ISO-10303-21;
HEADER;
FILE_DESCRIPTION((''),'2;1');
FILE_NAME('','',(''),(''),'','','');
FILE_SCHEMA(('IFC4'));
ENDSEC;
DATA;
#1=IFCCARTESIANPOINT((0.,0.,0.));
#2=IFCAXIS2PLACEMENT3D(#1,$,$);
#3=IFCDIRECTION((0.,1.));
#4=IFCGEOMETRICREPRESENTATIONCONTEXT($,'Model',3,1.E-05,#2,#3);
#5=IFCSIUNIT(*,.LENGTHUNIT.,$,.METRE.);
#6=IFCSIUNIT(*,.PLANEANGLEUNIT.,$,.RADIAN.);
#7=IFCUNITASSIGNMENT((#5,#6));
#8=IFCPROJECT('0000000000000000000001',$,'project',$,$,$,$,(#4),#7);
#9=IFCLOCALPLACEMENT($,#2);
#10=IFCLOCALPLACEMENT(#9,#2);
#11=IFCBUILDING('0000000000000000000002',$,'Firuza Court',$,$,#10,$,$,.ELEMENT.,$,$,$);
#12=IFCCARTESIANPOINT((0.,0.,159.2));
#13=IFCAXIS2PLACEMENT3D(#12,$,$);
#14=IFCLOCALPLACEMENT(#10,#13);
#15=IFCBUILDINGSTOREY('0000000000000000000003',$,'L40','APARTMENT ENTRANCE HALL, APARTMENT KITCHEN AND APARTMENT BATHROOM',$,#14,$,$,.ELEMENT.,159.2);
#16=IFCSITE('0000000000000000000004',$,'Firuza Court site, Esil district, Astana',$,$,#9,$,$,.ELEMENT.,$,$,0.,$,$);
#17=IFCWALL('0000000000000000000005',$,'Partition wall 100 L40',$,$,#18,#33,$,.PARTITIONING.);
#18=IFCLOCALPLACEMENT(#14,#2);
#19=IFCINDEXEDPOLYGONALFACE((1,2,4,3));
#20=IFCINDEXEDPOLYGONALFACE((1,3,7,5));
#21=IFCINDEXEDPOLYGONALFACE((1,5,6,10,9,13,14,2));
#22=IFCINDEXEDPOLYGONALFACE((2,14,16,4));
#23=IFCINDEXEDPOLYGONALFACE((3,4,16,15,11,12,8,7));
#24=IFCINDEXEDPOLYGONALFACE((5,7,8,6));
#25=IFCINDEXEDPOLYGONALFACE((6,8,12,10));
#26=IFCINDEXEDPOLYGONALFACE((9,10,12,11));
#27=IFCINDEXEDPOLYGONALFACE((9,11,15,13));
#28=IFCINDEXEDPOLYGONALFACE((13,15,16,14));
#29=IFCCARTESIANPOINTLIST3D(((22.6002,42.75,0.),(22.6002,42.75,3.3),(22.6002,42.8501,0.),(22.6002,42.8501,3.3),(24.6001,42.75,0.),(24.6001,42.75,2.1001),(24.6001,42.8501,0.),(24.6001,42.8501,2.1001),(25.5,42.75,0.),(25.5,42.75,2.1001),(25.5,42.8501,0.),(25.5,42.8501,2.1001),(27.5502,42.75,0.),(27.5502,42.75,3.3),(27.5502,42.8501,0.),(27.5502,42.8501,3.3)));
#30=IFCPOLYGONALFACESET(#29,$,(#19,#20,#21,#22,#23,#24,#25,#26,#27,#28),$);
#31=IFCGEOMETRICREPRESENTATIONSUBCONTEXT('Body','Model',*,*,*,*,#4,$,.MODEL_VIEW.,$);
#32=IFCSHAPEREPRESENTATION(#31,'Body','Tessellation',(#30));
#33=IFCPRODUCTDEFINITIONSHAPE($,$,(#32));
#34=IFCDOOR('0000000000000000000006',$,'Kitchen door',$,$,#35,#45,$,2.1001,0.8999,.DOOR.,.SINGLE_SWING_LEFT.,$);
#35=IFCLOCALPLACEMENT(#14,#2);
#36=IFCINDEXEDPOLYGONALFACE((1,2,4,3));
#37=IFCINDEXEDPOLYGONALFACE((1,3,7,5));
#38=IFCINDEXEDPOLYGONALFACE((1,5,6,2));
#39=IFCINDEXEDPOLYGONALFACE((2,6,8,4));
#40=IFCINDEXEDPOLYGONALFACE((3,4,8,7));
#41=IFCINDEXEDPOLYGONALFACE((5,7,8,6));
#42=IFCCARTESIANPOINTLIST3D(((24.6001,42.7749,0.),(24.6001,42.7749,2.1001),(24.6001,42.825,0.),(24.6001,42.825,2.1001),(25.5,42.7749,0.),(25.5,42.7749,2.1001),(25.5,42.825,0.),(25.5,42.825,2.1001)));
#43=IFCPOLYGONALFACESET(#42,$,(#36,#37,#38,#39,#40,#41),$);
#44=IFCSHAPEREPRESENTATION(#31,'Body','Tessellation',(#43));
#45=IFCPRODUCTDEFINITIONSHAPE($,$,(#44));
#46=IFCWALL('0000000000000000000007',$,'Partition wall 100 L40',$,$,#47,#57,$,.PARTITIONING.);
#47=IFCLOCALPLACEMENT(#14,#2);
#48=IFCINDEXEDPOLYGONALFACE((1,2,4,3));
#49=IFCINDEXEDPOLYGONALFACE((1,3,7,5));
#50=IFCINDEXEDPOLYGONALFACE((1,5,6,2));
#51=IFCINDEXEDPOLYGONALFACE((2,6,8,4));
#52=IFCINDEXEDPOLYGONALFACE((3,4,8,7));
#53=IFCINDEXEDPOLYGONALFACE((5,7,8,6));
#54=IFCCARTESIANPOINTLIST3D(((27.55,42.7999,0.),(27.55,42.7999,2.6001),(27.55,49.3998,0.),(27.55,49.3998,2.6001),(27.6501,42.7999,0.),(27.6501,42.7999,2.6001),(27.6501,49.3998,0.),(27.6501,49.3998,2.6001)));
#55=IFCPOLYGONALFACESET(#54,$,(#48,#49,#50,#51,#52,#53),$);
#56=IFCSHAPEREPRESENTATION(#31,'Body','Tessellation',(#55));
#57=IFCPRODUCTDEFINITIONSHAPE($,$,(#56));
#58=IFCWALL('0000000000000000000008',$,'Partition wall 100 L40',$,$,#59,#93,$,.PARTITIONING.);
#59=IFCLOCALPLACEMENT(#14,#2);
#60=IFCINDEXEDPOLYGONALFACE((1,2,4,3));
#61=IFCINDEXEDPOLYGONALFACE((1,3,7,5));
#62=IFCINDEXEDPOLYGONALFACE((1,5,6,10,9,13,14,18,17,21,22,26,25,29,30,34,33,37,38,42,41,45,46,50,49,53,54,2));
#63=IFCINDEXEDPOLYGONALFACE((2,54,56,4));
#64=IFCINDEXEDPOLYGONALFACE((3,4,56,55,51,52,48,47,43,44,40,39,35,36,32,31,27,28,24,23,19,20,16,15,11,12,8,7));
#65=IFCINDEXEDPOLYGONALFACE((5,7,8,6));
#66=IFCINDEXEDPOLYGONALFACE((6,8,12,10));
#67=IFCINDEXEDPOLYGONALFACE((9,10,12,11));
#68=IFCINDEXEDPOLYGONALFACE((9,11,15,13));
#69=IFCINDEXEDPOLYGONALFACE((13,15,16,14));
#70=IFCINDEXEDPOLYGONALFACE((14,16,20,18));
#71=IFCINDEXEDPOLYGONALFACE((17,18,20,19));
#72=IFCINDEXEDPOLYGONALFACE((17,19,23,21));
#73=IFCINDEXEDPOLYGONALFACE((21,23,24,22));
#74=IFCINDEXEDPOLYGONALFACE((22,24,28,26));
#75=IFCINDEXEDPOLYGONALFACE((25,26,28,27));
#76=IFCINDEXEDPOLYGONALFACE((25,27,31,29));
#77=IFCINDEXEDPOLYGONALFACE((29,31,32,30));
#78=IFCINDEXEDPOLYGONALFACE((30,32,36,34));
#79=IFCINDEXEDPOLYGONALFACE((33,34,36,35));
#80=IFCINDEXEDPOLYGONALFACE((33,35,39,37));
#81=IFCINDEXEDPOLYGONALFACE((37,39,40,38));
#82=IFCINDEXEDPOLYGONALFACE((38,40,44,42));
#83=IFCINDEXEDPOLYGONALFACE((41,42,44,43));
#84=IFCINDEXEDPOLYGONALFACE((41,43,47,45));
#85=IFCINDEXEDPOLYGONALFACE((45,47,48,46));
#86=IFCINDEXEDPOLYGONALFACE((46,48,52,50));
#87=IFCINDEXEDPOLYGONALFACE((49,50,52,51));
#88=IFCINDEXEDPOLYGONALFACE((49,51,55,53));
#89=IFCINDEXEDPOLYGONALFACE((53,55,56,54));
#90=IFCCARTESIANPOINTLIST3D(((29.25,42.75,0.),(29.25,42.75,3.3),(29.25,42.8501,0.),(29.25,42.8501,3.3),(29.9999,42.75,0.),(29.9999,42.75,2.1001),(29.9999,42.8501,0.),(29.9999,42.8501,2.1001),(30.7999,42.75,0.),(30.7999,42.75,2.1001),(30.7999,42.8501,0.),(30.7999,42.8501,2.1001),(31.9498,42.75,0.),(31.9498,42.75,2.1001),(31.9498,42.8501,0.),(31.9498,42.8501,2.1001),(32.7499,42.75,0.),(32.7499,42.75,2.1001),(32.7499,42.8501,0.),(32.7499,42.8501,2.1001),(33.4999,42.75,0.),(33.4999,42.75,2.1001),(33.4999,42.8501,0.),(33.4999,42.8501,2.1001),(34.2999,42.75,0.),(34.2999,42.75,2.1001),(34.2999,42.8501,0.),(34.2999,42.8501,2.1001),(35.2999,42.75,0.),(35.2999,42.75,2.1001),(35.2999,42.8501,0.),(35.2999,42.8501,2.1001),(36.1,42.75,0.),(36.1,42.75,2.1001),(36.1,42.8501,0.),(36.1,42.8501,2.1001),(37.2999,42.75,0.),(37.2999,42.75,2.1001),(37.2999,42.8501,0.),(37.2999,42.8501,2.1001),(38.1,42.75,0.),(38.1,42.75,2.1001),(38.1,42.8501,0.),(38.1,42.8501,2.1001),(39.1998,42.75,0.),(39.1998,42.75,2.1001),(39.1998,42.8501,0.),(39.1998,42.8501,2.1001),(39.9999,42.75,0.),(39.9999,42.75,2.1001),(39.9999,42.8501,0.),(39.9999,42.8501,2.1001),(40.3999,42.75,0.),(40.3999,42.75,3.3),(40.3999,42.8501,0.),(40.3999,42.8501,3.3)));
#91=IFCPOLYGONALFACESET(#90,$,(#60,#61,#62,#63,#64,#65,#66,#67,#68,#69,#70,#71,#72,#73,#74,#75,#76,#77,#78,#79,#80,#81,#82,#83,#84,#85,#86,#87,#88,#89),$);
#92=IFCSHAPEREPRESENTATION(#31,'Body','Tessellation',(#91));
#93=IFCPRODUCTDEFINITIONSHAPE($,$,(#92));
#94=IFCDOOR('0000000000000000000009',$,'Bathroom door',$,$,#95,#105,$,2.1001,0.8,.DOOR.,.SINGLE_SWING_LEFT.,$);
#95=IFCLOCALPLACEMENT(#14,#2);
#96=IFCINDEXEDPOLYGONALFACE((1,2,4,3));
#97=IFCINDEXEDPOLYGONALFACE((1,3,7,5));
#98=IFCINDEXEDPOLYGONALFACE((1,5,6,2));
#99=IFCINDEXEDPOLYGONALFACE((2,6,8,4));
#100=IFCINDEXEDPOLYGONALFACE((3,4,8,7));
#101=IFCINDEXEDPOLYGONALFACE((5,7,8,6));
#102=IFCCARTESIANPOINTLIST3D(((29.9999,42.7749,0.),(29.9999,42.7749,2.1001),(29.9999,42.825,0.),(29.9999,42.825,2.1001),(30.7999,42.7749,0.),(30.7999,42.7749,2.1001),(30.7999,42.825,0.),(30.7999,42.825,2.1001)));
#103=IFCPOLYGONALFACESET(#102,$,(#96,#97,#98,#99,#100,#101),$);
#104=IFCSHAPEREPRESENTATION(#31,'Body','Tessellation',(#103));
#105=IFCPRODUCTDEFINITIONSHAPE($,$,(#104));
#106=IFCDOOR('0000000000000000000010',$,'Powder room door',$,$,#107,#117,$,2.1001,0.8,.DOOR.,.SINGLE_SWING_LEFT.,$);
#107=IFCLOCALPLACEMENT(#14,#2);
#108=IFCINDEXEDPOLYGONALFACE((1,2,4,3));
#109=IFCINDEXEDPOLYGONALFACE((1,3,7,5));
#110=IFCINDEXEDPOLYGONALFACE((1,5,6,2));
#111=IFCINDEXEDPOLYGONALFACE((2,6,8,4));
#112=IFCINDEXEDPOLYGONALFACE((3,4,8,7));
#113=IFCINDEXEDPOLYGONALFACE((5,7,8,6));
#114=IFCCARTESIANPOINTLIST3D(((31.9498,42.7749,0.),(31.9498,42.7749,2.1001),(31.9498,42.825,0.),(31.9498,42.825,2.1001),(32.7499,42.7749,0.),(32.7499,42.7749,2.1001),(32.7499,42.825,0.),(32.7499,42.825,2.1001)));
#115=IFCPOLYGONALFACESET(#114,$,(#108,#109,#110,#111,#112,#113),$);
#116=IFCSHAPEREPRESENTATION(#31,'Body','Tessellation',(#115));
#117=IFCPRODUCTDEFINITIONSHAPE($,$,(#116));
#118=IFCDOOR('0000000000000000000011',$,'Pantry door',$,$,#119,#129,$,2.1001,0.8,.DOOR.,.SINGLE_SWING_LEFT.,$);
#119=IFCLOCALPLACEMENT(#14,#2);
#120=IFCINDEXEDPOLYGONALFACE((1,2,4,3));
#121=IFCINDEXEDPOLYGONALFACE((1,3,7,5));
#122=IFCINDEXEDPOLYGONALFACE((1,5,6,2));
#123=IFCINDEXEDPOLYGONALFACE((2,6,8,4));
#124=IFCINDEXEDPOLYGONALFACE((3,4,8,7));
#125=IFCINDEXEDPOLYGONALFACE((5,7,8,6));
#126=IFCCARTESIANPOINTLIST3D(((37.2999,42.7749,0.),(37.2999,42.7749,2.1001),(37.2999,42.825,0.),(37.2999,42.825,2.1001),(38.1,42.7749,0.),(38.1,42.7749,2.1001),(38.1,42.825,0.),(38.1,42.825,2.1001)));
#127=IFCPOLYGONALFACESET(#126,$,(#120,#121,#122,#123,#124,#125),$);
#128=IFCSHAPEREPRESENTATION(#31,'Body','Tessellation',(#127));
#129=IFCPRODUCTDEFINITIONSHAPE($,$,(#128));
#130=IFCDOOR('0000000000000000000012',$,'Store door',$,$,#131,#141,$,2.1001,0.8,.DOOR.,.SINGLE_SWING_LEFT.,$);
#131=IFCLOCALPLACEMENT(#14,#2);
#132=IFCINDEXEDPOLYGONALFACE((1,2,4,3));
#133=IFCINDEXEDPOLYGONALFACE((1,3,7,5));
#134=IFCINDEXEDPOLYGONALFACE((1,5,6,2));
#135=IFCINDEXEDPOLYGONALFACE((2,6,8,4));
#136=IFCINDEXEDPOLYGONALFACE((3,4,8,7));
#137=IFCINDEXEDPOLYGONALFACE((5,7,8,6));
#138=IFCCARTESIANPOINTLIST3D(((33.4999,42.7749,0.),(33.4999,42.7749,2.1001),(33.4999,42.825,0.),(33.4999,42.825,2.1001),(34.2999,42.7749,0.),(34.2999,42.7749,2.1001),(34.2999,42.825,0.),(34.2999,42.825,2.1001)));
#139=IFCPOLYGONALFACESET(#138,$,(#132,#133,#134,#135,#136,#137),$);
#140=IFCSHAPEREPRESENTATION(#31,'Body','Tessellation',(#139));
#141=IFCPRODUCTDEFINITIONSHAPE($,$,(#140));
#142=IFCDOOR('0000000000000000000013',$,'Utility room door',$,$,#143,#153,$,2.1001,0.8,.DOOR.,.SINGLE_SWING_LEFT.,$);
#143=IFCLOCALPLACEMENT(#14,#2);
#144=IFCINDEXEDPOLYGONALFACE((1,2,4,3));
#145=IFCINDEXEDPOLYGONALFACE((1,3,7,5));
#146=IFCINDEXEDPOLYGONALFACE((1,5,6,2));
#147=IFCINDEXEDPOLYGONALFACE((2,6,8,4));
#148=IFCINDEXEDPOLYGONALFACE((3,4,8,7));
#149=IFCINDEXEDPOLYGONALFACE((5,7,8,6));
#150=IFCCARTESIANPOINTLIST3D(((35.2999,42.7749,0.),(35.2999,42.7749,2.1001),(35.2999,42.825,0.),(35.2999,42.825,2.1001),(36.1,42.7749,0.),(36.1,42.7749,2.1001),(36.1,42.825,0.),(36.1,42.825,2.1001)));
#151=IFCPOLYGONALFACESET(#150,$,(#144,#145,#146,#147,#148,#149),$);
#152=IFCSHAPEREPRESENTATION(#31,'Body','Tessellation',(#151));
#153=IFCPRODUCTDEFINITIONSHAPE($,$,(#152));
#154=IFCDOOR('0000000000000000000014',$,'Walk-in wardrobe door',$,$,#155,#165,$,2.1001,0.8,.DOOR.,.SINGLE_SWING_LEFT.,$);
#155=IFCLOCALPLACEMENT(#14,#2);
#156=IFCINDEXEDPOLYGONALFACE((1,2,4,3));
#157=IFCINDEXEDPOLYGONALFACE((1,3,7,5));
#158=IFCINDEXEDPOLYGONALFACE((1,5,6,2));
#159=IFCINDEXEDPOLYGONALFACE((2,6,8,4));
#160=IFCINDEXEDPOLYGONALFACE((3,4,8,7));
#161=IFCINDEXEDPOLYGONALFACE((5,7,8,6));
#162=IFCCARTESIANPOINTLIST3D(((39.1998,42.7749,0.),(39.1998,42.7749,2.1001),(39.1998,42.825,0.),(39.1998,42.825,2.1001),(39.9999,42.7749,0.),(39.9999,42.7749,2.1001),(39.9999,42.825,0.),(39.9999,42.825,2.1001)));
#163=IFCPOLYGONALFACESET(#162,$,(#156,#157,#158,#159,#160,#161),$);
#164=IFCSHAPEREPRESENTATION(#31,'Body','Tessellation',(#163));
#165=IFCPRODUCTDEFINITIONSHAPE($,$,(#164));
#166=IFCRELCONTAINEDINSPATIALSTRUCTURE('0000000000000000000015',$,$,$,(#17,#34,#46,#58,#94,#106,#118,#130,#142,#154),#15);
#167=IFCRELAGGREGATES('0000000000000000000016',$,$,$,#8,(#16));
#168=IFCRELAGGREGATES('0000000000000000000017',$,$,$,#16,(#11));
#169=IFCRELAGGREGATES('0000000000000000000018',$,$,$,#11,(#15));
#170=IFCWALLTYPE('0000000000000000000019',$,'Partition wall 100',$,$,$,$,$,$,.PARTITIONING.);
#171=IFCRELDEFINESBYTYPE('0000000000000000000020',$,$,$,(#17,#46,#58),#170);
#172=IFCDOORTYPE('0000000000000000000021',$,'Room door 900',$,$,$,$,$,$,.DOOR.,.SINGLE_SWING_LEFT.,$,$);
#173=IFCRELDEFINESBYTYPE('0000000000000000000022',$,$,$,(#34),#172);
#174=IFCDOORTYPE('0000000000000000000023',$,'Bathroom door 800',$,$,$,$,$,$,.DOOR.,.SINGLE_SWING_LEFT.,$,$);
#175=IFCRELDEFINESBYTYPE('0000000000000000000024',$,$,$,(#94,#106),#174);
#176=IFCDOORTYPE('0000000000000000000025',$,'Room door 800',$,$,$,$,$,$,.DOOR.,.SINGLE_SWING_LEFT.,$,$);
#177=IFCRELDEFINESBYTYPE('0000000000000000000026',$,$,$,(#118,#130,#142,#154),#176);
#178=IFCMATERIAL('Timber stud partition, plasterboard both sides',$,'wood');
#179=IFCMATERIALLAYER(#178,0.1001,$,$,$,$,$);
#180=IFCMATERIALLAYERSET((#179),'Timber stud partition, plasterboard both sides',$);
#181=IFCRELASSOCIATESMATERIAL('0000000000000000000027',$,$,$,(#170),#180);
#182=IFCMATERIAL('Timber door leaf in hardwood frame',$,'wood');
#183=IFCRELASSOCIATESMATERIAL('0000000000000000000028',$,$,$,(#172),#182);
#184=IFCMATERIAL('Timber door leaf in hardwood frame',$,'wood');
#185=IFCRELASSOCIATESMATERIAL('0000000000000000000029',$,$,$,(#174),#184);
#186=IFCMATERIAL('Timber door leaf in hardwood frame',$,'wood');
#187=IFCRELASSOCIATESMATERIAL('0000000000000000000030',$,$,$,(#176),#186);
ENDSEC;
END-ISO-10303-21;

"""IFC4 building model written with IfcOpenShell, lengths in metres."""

from ifc_helpers import new_model, si_unit, direction, frame, frame_2d, origin, place, context, subcontext, project, spatial, rectangle, extrude, material, layer, layer_set, type_object, element, fill, save


model = new_model("IFC4")

# Units and contexts
model_context = context("Model", 3, precision=1e-05, world=origin(), true_north=direction((0.0, 1.0)))
body_context = subcontext(model_context, "Body", "Model", "MODEL_VIEW")
ifc_project = project(units=[si_unit("LENGTHUNIT", "METRE"), si_unit("PLANEANGLEUNIT", "RADIAN")], contexts=[model_context])

# Site, building, storey
site_placement = place(None, origin())
site = spatial("IfcSite", under=ifc_project, at=site_placement, Name="Firuza Court site, Esil district, Astana", CompositionType="ELEMENT", RefElevation=0.0)
building_placement = place(site_placement, origin())
building = spatial("IfcBuilding", under=site, at=building_placement, Name="Firuza Court", CompositionType="ELEMENT")
storey_placement = place(building_placement, frame((0.0, 0.0, 159.2)))
storey = spatial("IfcBuildingStorey", under=building, at=storey_placement, Name="L40", Description="APARTMENT ENTRANCE HALL, APARTMENT KITCHEN AND APARTMENT BATHROOM", CompositionType="ELEMENT", Elevation=159.2)

# Shared definitions
ifc_material_1 = material(Name="Timber stud partition, plasterboard both sides", Category="wood")
ifc_layer_1 = layer(ifc_material_1, 0.1001)
ifc_layer_set_1 = layer_set([ifc_layer_1], Name="Timber stud partition, plasterboard both sides")
wall_type_1 = type_object("IfcWallType", Name="Partition wall 100", PredefinedType="PARTITIONING", material=ifc_layer_set_1)
ifc_material_2 = material(Name="Timber door leaf in hardwood frame", Category="wood")
door_type_1 = type_object("IfcDoorType", Name="Room door 900", OperationType="SINGLE_SWING_LEFT", PredefinedType="DOOR", material=ifc_material_2)

# Wall, opening, door
wall_1_placement = place(storey_placement, frame((22.6001, 42.8, 0.0), z_axis=(0.0, 0.0, 1.0), x_axis=(1.0, 0.0, 0.0)))
wall_1 = element("IfcWall", 1, at=wall_1_placement, inside=storey, type_object=wall_type_1, Name="Partition wall 100 L40", PredefinedType="PARTITIONING", context=body_context, shape_type="SweptSolid", body=[
    extrude(rectangle(XDim=4.95, YDim=0.1001, at=frame_2d((2.4751, 0.0))), origin(), (0.0, 0.0, 1.0), 3.3),
])
opening_1_placement = place(wall_1_placement, frame((2.0, 0.0, 0.0)))
opening_1 = element("IfcOpeningElement", 2, at=opening_1_placement, cuts=wall_1, PredefinedType="OPENING", context=body_context, shape_type="SweptSolid", body=[
    extrude(rectangle(XDim=0.8999, YDim=2.1001, at=frame_2d((0.45, 1.05))), frame((0.0, 0.062, 0.0), z_axis=(0.0, -1.0, 0.0), x_axis=(1.0, 0.0, 0.0)), (0.0, 0.0, 1.0), 0.124),
])
door_1_placement = place(opening_1_placement, origin())
door_1 = element("IfcDoor", 3, at=door_1_placement, inside=storey, type_object=door_type_1, Name="Kitchen door", OperationType="SINGLE_SWING_LEFT", OverallHeight=2.1001, OverallWidth=0.8999, PredefinedType="DOOR", context=body_context, shape_type="SweptSolid", body=[
    extrude(rectangle(XDim=0.8999, YDim=2.1001, at=frame_2d((0.45, 1.05))), frame((0.0, 0.0249, 0.0), z_axis=(0.0, -1.0, 0.0), x_axis=(1.0, 0.0, 0.0)), (0.0, 0.0, 1.0), 0.05),
])
fill(opening_1, door_1)

# Wall
wall_2_placement = place(storey_placement, frame((27.6001, 42.8, 0.0), z_axis=(0.0, 0.0, 1.0), x_axis=(0.0, 1.0, 0.0)))
element("IfcWall", 4, at=wall_2_placement, inside=storey, type_object=wall_type_1, Name="Partition wall 100 L40", PredefinedType="PARTITIONING", context=body_context, shape_type="SweptSolid", body=[
    extrude(rectangle(XDim=6.5999, YDim=0.1001, at=frame_2d((3.2998, 0.0))), origin(), (0.0, 0.0, 1.0), 2.6001),
])

# Wall, openings, doors
wall_3_placement = place(storey_placement, frame((29.25, 42.8, 0.0), z_axis=(0.0, 0.0, 1.0), x_axis=(1.0, 0.0, 0.0)))
wall_3 = element("IfcWall", 5, at=wall_3_placement, inside=storey, type_object=wall_type_1, Name="Partition wall 100 L40", PredefinedType="PARTITIONING", context=body_context, shape_type="SweptSolid", body=[
    extrude(rectangle(XDim=11.1499, YDim=0.1001, at=frame_2d((5.575, 0.0))), origin(), (0.0, 0.0, 1.0), 3.3),
])
opening_2_placement = place(wall_3_placement, frame((0.75, 0.0, 0.0)))
opening_2 = element("IfcOpeningElement", 6, at=opening_2_placement, cuts=wall_3, PredefinedType="OPENING", context=body_context, shape_type="SweptSolid", body=[
    extrude(rectangle(XDim=0.8, YDim=2.1001, at=frame_2d((0.3999, 1.05))), frame((0.0, 0.062, 0.0), z_axis=(0.0, -1.0, 0.0), x_axis=(1.0, 0.0, 0.0)), (0.0, 0.0, 1.0), 0.124),
])
opening_3_placement = place(wall_3_placement, frame((8.05, 0.0, 0.0)))
opening_3 = element("IfcOpeningElement", 7, at=opening_3_placement, cuts=wall_3, PredefinedType="OPENING", context=body_context, shape_type="SweptSolid", body=[
    extrude(rectangle(XDim=0.8, YDim=2.1001, at=frame_2d((0.3999, 1.05))), frame((0.0, 0.062, 0.0), z_axis=(0.0, -1.0, 0.0), x_axis=(1.0, 0.0, 0.0)), (0.0, 0.0, 1.0), 0.124),
])
opening_4_placement = place(wall_3_placement, frame((4.25, 0.0, 0.0)))
opening_4 = element("IfcOpeningElement", 8, at=opening_4_placement, cuts=wall_3, PredefinedType="OPENING", context=body_context, shape_type="SweptSolid", body=[
    extrude(rectangle(XDim=0.8, YDim=2.1001, at=frame_2d((0.3999, 1.05))), frame((0.0, 0.062, 0.0), z_axis=(0.0, -1.0, 0.0), x_axis=(1.0, 0.0, 0.0)), (0.0, 0.0, 1.0), 0.124),
])
opening_5_placement = place(wall_3_placement, frame((6.05, 0.0, 0.0)))
opening_5 = element("IfcOpeningElement", 9, at=opening_5_placement, cuts=wall_3, PredefinedType="OPENING", context=body_context, shape_type="SweptSolid", body=[
    extrude(rectangle(XDim=0.8, YDim=2.1001, at=frame_2d((0.3999, 1.05))), frame((0.0, 0.062, 0.0), z_axis=(0.0, -1.0, 0.0), x_axis=(1.0, 0.0, 0.0)), (0.0, 0.0, 1.0), 0.124),
])
opening_6_placement = place(wall_3_placement, frame((9.95, 0.0, 0.0)))
opening_6 = element("IfcOpeningElement", 10, at=opening_6_placement, cuts=wall_3, PredefinedType="OPENING", context=body_context, shape_type="SweptSolid", body=[
    extrude(rectangle(XDim=0.8, YDim=2.1001, at=frame_2d((0.3999, 1.05))), frame((0.0, 0.062, 0.0), z_axis=(0.0, -1.0, 0.0), x_axis=(1.0, 0.0, 0.0)), (0.0, 0.0, 1.0), 0.124),
])
opening_7_placement = place(wall_3_placement, frame((2.7, 0.0, 0.0)))
opening_7 = element("IfcOpeningElement", 11, at=opening_7_placement, cuts=wall_3, PredefinedType="OPENING", context=body_context, shape_type="SweptSolid", body=[
    extrude(rectangle(XDim=0.8, YDim=2.1001, at=frame_2d((0.3999, 1.05))), frame((0.0, 0.062, 0.0), z_axis=(0.0, -1.0, 0.0), x_axis=(1.0, 0.0, 0.0)), (0.0, 0.0, 1.0), 0.124),
])
ifc_material_3 = material(Name="Timber door leaf in hardwood frame", Category="wood")
door_type_2 = type_object("IfcDoorType", Name="Bathroom door 800", OperationType="SINGLE_SWING_LEFT", PredefinedType="DOOR", material=ifc_material_3)
door_2_placement = place(opening_2_placement, origin())
door_2 = element("IfcDoor", 12, at=door_2_placement, inside=storey, type_object=door_type_2, Name="Bathroom door", OperationType="SINGLE_SWING_LEFT", OverallHeight=2.1001, OverallWidth=0.8, PredefinedType="DOOR", context=body_context, shape_type="SweptSolid", body=[
    extrude(rectangle(XDim=0.8, YDim=2.1001, at=frame_2d((0.3999, 1.05))), frame((0.0, 0.0249, 0.0), z_axis=(0.0, -1.0, 0.0), x_axis=(1.0, 0.0, 0.0)), (0.0, 0.0, 1.0), 0.05),
])
fill(opening_2, door_2)
door_3_placement = place(opening_7_placement, origin())
door_3 = element("IfcDoor", 13, at=door_3_placement, inside=storey, type_object=door_type_2, Name="Powder room door", OperationType="SINGLE_SWING_LEFT", OverallHeight=2.1001, OverallWidth=0.8, PredefinedType="DOOR", context=body_context, shape_type="SweptSolid", body=[
    extrude(rectangle(XDim=0.8, YDim=2.1001, at=frame_2d((0.3999, 1.05))), frame((0.0, 0.0249, 0.0), z_axis=(0.0, -1.0, 0.0), x_axis=(1.0, 0.0, 0.0)), (0.0, 0.0, 1.0), 0.05),
])
fill(opening_7, door_3)
ifc_material_4 = material(Name="Timber door leaf in hardwood frame", Category="wood")
door_type_3 = type_object("IfcDoorType", Name="Room door 800", OperationType="SINGLE_SWING_LEFT", PredefinedType="DOOR", material=ifc_material_4)
door_4_placement = place(opening_3_placement, origin())
door_4 = element("IfcDoor", 14, at=door_4_placement, inside=storey, type_object=door_type_3, Name="Pantry door", OperationType="SINGLE_SWING_LEFT", OverallHeight=2.1001, OverallWidth=0.8, PredefinedType="DOOR", context=body_context, shape_type="SweptSolid", body=[
    extrude(rectangle(XDim=0.8, YDim=2.1001, at=frame_2d((0.3999, 1.05))), frame((0.0, 0.0249, 0.0), z_axis=(0.0, -1.0, 0.0), x_axis=(1.0, 0.0, 0.0)), (0.0, 0.0, 1.0), 0.05),
])
fill(opening_3, door_4)
door_5_placement = place(opening_4_placement, origin())
door_5 = element("IfcDoor", 15, at=door_5_placement, inside=storey, type_object=door_type_3, Name="Store door", OperationType="SINGLE_SWING_LEFT", OverallHeight=2.1001, OverallWidth=0.8, PredefinedType="DOOR", context=body_context, shape_type="SweptSolid", body=[
    extrude(rectangle(XDim=0.8, YDim=2.1001, at=frame_2d((0.3999, 1.05))), frame((0.0, 0.0249, 0.0), z_axis=(0.0, -1.0, 0.0), x_axis=(1.0, 0.0, 0.0)), (0.0, 0.0, 1.0), 0.05),
])
fill(opening_4, door_5)
door_6_placement = place(opening_5_placement, origin())
door_6 = element("IfcDoor", 16, at=door_6_placement, inside=storey, type_object=door_type_3, Name="Utility room door", OperationType="SINGLE_SWING_LEFT", OverallHeight=2.1001, OverallWidth=0.8, PredefinedType="DOOR", context=body_context, shape_type="SweptSolid", body=[
    extrude(rectangle(XDim=0.8, YDim=2.1001, at=frame_2d((0.3999, 1.05))), frame((0.0, 0.0249, 0.0), z_axis=(0.0, -1.0, 0.0), x_axis=(1.0, 0.0, 0.0)), (0.0, 0.0, 1.0), 0.05),
])
fill(opening_5, door_6)
door_7_placement = place(opening_6_placement, origin())
door_7 = element("IfcDoor", 17, at=door_7_placement, inside=storey, type_object=door_type_3, Name="Walk-in wardrobe door", OperationType="SINGLE_SWING_LEFT", OverallHeight=2.1001, OverallWidth=0.8, PredefinedType="DOOR", context=body_context, shape_type="SweptSolid", body=[
    extrude(rectangle(XDim=0.8, YDim=2.1001, at=frame_2d((0.3999, 1.05))), frame((0.0, 0.0249, 0.0), z_axis=(0.0, -1.0, 0.0), x_axis=(1.0, 0.0, 0.0)), (0.0, 0.0, 1.0), 0.05),
])
fill(opening_6, door_7)

save(model, "model.ifc")
